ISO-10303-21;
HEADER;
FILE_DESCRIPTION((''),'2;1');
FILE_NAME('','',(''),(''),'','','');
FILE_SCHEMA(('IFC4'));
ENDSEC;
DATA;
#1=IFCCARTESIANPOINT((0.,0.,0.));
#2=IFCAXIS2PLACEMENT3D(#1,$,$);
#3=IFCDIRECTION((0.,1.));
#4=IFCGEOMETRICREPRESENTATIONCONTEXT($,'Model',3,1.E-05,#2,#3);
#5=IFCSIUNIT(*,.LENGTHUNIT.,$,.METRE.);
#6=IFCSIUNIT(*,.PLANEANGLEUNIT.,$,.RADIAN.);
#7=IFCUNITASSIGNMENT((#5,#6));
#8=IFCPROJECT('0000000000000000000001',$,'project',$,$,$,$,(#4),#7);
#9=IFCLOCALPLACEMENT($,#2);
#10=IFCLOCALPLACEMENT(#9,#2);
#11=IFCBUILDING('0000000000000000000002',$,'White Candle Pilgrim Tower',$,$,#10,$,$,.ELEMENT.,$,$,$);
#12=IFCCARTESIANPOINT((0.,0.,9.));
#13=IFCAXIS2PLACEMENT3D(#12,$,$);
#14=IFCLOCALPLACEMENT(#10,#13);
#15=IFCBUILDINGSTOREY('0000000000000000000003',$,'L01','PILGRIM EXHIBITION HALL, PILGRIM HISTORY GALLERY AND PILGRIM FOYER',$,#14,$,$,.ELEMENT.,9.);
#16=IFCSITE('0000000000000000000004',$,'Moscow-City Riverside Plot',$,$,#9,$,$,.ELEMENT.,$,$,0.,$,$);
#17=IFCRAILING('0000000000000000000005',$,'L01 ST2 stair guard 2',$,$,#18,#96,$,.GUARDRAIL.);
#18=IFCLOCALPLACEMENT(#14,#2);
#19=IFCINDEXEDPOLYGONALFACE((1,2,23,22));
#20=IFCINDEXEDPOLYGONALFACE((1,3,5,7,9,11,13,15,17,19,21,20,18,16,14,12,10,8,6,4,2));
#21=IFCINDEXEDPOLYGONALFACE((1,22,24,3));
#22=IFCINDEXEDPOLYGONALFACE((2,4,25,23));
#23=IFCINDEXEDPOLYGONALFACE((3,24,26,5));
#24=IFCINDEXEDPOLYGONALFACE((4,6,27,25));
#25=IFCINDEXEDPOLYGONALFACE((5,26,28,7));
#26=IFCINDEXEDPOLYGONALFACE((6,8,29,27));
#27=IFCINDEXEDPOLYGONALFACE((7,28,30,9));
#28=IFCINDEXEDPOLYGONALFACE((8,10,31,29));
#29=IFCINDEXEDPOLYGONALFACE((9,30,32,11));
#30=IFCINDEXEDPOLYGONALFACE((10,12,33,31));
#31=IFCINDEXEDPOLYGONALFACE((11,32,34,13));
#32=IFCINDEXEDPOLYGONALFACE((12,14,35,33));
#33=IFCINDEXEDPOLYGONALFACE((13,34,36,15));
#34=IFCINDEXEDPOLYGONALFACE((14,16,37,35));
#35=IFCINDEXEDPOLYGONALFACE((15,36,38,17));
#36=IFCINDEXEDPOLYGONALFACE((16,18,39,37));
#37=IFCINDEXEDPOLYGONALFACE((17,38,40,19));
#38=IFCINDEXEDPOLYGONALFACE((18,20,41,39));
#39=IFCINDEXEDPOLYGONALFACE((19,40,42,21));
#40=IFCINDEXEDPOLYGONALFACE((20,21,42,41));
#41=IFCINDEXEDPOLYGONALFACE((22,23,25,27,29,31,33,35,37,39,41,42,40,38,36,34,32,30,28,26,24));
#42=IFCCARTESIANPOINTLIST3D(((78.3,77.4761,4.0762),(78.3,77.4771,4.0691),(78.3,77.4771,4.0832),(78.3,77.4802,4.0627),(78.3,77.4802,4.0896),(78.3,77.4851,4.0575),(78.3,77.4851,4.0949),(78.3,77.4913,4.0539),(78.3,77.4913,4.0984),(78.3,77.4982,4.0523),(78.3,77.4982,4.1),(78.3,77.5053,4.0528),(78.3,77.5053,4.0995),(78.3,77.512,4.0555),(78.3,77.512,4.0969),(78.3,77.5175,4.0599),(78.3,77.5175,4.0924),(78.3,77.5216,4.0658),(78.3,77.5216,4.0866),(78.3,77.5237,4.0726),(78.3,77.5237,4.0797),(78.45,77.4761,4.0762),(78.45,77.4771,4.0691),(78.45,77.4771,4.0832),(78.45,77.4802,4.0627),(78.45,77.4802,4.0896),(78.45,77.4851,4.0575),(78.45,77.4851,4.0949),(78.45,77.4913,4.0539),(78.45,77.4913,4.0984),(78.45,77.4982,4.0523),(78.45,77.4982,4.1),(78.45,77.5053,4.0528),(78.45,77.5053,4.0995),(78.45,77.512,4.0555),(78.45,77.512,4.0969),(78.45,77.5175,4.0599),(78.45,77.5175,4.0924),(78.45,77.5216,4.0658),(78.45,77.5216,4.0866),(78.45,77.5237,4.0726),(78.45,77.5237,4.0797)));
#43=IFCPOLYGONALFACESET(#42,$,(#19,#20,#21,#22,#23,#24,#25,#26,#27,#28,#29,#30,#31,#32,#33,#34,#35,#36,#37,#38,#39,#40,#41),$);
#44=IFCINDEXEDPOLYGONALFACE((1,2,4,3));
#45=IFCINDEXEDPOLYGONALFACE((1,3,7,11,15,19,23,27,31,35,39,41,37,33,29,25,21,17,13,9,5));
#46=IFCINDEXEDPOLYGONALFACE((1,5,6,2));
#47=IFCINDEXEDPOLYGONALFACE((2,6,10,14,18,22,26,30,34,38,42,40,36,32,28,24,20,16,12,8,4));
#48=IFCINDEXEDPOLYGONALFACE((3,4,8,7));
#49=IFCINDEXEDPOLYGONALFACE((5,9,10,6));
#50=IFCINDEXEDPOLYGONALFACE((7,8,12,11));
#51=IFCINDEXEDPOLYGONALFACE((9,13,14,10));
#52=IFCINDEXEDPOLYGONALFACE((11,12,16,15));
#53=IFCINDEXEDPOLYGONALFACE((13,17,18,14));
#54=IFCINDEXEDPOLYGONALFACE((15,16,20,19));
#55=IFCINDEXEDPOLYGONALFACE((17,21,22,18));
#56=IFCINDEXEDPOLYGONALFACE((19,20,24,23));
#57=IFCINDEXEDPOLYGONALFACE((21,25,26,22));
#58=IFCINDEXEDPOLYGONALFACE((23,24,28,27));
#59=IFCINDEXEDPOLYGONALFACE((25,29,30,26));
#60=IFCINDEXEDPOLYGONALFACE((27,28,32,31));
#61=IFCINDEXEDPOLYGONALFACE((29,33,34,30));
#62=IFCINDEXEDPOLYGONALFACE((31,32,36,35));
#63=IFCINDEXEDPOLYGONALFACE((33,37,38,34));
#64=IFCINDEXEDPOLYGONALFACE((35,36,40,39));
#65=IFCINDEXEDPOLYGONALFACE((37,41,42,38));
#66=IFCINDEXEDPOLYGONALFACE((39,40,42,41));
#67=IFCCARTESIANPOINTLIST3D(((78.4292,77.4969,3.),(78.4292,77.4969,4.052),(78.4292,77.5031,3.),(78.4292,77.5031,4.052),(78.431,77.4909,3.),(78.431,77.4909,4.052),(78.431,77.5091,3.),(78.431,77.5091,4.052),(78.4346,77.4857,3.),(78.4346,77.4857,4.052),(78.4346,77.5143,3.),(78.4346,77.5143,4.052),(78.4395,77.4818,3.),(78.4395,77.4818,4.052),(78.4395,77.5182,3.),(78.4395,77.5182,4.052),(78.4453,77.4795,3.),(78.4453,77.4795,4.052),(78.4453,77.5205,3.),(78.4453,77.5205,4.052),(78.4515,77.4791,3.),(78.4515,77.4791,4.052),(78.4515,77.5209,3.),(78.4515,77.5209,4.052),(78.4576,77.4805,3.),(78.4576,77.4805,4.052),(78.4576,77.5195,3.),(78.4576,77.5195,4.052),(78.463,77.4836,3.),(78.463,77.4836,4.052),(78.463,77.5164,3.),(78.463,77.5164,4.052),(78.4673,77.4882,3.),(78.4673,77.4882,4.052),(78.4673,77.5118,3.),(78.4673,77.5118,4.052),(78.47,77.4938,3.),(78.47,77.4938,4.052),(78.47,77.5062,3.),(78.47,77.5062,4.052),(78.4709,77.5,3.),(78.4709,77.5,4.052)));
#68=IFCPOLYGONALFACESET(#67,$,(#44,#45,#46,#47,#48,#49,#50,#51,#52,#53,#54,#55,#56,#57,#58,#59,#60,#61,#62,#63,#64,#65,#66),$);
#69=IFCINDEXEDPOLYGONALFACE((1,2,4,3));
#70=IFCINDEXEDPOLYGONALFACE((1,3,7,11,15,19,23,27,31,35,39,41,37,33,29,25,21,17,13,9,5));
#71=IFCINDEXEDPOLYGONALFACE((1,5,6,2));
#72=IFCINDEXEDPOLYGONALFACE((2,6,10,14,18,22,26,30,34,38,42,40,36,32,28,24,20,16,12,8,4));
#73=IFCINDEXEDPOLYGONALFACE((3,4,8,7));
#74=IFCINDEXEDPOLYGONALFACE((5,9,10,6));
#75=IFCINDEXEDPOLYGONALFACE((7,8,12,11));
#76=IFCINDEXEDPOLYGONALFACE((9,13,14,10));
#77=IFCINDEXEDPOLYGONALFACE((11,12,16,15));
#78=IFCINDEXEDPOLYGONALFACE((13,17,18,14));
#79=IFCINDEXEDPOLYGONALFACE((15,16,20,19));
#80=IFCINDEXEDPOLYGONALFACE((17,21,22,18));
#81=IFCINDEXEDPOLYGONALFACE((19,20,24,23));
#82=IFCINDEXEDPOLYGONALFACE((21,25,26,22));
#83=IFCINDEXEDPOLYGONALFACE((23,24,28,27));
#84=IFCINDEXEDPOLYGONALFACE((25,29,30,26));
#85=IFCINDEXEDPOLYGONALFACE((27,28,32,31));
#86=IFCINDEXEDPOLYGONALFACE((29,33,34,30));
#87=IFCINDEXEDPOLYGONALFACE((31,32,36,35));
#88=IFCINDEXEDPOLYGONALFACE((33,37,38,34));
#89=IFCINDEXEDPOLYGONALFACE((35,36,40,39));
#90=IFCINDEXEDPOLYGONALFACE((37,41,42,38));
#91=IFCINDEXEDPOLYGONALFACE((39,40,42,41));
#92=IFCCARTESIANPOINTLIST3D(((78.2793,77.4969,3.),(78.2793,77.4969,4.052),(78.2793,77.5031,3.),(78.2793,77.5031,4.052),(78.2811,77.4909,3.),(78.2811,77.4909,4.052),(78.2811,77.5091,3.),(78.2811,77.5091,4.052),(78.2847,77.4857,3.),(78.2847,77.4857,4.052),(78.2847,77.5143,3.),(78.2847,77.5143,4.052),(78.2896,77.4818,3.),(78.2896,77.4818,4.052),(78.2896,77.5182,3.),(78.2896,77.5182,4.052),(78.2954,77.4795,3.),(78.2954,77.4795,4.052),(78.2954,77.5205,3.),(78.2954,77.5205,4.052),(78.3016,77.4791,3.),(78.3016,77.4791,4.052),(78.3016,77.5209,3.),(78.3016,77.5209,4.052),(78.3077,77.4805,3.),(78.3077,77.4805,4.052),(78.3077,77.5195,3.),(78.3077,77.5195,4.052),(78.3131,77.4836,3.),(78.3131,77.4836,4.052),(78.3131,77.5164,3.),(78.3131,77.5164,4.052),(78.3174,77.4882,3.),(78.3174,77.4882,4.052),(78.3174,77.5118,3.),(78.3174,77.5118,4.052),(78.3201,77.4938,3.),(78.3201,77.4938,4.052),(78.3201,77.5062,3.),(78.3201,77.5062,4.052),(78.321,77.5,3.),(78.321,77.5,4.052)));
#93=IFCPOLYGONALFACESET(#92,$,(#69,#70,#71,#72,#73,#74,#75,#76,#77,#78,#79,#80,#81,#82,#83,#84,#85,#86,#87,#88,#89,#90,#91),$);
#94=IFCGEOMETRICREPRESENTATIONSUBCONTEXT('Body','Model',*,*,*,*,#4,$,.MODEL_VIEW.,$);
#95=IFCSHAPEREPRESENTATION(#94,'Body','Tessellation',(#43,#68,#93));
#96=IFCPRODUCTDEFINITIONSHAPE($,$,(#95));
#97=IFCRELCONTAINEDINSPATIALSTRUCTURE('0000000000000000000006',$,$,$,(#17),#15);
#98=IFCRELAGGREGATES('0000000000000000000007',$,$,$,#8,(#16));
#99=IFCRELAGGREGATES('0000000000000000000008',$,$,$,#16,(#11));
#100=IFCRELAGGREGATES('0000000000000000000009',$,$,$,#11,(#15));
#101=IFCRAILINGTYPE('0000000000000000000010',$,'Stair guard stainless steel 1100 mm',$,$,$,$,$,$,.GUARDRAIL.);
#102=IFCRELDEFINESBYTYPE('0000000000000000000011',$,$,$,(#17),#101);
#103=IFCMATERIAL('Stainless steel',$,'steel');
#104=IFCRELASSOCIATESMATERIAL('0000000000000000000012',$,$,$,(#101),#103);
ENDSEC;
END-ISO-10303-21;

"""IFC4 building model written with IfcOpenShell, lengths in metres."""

from ifc_helpers import new_model, si_unit, direction, frame, origin, origin_2d, place, context, subcontext, project, spatial, circle, extrude, material, type_object, element, save


model = new_model("IFC4")

# Units and contexts
model_context = context("Model", 3, precision=1e-05, world=origin(), true_north=direction((0.0, 1.0)))
body_context = subcontext(model_context, "Body", "Model", "MODEL_VIEW")
ifc_project = project(units=[si_unit("LENGTHUNIT", "METRE"), si_unit("PLANEANGLEUNIT", "RADIAN")], contexts=[model_context])

# Site, building, storey
site_placement = place(None, origin())
site = spatial("IfcSite", under=ifc_project, at=site_placement, Name="Moscow-City Riverside Plot", CompositionType="ELEMENT", RefElevation=0.0)
building_placement = place(site_placement, origin())
building = spatial("IfcBuilding", under=site, at=building_placement, Name="White Candle Pilgrim Tower", CompositionType="ELEMENT")
storey_placement = place(building_placement, frame((0.0, 0.0, 9.0)))
storey = spatial("IfcBuildingStorey", under=building, at=storey_placement, Name="L01", Description="PILGRIM EXHIBITION HALL, PILGRIM HISTORY GALLERY AND PILGRIM FOYER", CompositionType="ELEMENT", Elevation=9.0)

# Railing
ifc_material_1 = material(Name="Stainless steel", Category="steel")
railing_type_1 = type_object("IfcRailingType", Name="Stair guard stainless steel 1100 mm", PredefinedType="GUARDRAIL", material=ifc_material_1)
railing_1_placement = place(storey_placement, frame((78.45, 77.5, 3.0)))
element("IfcRailing", 1, at=railing_1_placement, inside=storey, type_object=railing_type_1, Name="L01 ST2 stair guard 2", PredefinedType="GUARDRAIL", context=body_context, shape_type="SweptSolid", body=[
    extrude(circle(Radius=0.0239, at=origin_2d()), frame((0.0, 0.0, 1.0762), z_axis=(-1.0, 0.0, 0.0), x_axis=(0.0, -1.0, 0.0)), (0.0, 0.0, 1.0), 0.1499),
    extrude(circle(Radius=0.021, at=origin_2d()), origin(), (0.0, 0.0, 1.0), 1.052),
    extrude(circle(Radius=0.021, at=origin_2d()), frame((-0.1499, 0.0, 0.0)), (0.0, 0.0, 1.0), 1.052),
])

save(model, "model.ifc")
